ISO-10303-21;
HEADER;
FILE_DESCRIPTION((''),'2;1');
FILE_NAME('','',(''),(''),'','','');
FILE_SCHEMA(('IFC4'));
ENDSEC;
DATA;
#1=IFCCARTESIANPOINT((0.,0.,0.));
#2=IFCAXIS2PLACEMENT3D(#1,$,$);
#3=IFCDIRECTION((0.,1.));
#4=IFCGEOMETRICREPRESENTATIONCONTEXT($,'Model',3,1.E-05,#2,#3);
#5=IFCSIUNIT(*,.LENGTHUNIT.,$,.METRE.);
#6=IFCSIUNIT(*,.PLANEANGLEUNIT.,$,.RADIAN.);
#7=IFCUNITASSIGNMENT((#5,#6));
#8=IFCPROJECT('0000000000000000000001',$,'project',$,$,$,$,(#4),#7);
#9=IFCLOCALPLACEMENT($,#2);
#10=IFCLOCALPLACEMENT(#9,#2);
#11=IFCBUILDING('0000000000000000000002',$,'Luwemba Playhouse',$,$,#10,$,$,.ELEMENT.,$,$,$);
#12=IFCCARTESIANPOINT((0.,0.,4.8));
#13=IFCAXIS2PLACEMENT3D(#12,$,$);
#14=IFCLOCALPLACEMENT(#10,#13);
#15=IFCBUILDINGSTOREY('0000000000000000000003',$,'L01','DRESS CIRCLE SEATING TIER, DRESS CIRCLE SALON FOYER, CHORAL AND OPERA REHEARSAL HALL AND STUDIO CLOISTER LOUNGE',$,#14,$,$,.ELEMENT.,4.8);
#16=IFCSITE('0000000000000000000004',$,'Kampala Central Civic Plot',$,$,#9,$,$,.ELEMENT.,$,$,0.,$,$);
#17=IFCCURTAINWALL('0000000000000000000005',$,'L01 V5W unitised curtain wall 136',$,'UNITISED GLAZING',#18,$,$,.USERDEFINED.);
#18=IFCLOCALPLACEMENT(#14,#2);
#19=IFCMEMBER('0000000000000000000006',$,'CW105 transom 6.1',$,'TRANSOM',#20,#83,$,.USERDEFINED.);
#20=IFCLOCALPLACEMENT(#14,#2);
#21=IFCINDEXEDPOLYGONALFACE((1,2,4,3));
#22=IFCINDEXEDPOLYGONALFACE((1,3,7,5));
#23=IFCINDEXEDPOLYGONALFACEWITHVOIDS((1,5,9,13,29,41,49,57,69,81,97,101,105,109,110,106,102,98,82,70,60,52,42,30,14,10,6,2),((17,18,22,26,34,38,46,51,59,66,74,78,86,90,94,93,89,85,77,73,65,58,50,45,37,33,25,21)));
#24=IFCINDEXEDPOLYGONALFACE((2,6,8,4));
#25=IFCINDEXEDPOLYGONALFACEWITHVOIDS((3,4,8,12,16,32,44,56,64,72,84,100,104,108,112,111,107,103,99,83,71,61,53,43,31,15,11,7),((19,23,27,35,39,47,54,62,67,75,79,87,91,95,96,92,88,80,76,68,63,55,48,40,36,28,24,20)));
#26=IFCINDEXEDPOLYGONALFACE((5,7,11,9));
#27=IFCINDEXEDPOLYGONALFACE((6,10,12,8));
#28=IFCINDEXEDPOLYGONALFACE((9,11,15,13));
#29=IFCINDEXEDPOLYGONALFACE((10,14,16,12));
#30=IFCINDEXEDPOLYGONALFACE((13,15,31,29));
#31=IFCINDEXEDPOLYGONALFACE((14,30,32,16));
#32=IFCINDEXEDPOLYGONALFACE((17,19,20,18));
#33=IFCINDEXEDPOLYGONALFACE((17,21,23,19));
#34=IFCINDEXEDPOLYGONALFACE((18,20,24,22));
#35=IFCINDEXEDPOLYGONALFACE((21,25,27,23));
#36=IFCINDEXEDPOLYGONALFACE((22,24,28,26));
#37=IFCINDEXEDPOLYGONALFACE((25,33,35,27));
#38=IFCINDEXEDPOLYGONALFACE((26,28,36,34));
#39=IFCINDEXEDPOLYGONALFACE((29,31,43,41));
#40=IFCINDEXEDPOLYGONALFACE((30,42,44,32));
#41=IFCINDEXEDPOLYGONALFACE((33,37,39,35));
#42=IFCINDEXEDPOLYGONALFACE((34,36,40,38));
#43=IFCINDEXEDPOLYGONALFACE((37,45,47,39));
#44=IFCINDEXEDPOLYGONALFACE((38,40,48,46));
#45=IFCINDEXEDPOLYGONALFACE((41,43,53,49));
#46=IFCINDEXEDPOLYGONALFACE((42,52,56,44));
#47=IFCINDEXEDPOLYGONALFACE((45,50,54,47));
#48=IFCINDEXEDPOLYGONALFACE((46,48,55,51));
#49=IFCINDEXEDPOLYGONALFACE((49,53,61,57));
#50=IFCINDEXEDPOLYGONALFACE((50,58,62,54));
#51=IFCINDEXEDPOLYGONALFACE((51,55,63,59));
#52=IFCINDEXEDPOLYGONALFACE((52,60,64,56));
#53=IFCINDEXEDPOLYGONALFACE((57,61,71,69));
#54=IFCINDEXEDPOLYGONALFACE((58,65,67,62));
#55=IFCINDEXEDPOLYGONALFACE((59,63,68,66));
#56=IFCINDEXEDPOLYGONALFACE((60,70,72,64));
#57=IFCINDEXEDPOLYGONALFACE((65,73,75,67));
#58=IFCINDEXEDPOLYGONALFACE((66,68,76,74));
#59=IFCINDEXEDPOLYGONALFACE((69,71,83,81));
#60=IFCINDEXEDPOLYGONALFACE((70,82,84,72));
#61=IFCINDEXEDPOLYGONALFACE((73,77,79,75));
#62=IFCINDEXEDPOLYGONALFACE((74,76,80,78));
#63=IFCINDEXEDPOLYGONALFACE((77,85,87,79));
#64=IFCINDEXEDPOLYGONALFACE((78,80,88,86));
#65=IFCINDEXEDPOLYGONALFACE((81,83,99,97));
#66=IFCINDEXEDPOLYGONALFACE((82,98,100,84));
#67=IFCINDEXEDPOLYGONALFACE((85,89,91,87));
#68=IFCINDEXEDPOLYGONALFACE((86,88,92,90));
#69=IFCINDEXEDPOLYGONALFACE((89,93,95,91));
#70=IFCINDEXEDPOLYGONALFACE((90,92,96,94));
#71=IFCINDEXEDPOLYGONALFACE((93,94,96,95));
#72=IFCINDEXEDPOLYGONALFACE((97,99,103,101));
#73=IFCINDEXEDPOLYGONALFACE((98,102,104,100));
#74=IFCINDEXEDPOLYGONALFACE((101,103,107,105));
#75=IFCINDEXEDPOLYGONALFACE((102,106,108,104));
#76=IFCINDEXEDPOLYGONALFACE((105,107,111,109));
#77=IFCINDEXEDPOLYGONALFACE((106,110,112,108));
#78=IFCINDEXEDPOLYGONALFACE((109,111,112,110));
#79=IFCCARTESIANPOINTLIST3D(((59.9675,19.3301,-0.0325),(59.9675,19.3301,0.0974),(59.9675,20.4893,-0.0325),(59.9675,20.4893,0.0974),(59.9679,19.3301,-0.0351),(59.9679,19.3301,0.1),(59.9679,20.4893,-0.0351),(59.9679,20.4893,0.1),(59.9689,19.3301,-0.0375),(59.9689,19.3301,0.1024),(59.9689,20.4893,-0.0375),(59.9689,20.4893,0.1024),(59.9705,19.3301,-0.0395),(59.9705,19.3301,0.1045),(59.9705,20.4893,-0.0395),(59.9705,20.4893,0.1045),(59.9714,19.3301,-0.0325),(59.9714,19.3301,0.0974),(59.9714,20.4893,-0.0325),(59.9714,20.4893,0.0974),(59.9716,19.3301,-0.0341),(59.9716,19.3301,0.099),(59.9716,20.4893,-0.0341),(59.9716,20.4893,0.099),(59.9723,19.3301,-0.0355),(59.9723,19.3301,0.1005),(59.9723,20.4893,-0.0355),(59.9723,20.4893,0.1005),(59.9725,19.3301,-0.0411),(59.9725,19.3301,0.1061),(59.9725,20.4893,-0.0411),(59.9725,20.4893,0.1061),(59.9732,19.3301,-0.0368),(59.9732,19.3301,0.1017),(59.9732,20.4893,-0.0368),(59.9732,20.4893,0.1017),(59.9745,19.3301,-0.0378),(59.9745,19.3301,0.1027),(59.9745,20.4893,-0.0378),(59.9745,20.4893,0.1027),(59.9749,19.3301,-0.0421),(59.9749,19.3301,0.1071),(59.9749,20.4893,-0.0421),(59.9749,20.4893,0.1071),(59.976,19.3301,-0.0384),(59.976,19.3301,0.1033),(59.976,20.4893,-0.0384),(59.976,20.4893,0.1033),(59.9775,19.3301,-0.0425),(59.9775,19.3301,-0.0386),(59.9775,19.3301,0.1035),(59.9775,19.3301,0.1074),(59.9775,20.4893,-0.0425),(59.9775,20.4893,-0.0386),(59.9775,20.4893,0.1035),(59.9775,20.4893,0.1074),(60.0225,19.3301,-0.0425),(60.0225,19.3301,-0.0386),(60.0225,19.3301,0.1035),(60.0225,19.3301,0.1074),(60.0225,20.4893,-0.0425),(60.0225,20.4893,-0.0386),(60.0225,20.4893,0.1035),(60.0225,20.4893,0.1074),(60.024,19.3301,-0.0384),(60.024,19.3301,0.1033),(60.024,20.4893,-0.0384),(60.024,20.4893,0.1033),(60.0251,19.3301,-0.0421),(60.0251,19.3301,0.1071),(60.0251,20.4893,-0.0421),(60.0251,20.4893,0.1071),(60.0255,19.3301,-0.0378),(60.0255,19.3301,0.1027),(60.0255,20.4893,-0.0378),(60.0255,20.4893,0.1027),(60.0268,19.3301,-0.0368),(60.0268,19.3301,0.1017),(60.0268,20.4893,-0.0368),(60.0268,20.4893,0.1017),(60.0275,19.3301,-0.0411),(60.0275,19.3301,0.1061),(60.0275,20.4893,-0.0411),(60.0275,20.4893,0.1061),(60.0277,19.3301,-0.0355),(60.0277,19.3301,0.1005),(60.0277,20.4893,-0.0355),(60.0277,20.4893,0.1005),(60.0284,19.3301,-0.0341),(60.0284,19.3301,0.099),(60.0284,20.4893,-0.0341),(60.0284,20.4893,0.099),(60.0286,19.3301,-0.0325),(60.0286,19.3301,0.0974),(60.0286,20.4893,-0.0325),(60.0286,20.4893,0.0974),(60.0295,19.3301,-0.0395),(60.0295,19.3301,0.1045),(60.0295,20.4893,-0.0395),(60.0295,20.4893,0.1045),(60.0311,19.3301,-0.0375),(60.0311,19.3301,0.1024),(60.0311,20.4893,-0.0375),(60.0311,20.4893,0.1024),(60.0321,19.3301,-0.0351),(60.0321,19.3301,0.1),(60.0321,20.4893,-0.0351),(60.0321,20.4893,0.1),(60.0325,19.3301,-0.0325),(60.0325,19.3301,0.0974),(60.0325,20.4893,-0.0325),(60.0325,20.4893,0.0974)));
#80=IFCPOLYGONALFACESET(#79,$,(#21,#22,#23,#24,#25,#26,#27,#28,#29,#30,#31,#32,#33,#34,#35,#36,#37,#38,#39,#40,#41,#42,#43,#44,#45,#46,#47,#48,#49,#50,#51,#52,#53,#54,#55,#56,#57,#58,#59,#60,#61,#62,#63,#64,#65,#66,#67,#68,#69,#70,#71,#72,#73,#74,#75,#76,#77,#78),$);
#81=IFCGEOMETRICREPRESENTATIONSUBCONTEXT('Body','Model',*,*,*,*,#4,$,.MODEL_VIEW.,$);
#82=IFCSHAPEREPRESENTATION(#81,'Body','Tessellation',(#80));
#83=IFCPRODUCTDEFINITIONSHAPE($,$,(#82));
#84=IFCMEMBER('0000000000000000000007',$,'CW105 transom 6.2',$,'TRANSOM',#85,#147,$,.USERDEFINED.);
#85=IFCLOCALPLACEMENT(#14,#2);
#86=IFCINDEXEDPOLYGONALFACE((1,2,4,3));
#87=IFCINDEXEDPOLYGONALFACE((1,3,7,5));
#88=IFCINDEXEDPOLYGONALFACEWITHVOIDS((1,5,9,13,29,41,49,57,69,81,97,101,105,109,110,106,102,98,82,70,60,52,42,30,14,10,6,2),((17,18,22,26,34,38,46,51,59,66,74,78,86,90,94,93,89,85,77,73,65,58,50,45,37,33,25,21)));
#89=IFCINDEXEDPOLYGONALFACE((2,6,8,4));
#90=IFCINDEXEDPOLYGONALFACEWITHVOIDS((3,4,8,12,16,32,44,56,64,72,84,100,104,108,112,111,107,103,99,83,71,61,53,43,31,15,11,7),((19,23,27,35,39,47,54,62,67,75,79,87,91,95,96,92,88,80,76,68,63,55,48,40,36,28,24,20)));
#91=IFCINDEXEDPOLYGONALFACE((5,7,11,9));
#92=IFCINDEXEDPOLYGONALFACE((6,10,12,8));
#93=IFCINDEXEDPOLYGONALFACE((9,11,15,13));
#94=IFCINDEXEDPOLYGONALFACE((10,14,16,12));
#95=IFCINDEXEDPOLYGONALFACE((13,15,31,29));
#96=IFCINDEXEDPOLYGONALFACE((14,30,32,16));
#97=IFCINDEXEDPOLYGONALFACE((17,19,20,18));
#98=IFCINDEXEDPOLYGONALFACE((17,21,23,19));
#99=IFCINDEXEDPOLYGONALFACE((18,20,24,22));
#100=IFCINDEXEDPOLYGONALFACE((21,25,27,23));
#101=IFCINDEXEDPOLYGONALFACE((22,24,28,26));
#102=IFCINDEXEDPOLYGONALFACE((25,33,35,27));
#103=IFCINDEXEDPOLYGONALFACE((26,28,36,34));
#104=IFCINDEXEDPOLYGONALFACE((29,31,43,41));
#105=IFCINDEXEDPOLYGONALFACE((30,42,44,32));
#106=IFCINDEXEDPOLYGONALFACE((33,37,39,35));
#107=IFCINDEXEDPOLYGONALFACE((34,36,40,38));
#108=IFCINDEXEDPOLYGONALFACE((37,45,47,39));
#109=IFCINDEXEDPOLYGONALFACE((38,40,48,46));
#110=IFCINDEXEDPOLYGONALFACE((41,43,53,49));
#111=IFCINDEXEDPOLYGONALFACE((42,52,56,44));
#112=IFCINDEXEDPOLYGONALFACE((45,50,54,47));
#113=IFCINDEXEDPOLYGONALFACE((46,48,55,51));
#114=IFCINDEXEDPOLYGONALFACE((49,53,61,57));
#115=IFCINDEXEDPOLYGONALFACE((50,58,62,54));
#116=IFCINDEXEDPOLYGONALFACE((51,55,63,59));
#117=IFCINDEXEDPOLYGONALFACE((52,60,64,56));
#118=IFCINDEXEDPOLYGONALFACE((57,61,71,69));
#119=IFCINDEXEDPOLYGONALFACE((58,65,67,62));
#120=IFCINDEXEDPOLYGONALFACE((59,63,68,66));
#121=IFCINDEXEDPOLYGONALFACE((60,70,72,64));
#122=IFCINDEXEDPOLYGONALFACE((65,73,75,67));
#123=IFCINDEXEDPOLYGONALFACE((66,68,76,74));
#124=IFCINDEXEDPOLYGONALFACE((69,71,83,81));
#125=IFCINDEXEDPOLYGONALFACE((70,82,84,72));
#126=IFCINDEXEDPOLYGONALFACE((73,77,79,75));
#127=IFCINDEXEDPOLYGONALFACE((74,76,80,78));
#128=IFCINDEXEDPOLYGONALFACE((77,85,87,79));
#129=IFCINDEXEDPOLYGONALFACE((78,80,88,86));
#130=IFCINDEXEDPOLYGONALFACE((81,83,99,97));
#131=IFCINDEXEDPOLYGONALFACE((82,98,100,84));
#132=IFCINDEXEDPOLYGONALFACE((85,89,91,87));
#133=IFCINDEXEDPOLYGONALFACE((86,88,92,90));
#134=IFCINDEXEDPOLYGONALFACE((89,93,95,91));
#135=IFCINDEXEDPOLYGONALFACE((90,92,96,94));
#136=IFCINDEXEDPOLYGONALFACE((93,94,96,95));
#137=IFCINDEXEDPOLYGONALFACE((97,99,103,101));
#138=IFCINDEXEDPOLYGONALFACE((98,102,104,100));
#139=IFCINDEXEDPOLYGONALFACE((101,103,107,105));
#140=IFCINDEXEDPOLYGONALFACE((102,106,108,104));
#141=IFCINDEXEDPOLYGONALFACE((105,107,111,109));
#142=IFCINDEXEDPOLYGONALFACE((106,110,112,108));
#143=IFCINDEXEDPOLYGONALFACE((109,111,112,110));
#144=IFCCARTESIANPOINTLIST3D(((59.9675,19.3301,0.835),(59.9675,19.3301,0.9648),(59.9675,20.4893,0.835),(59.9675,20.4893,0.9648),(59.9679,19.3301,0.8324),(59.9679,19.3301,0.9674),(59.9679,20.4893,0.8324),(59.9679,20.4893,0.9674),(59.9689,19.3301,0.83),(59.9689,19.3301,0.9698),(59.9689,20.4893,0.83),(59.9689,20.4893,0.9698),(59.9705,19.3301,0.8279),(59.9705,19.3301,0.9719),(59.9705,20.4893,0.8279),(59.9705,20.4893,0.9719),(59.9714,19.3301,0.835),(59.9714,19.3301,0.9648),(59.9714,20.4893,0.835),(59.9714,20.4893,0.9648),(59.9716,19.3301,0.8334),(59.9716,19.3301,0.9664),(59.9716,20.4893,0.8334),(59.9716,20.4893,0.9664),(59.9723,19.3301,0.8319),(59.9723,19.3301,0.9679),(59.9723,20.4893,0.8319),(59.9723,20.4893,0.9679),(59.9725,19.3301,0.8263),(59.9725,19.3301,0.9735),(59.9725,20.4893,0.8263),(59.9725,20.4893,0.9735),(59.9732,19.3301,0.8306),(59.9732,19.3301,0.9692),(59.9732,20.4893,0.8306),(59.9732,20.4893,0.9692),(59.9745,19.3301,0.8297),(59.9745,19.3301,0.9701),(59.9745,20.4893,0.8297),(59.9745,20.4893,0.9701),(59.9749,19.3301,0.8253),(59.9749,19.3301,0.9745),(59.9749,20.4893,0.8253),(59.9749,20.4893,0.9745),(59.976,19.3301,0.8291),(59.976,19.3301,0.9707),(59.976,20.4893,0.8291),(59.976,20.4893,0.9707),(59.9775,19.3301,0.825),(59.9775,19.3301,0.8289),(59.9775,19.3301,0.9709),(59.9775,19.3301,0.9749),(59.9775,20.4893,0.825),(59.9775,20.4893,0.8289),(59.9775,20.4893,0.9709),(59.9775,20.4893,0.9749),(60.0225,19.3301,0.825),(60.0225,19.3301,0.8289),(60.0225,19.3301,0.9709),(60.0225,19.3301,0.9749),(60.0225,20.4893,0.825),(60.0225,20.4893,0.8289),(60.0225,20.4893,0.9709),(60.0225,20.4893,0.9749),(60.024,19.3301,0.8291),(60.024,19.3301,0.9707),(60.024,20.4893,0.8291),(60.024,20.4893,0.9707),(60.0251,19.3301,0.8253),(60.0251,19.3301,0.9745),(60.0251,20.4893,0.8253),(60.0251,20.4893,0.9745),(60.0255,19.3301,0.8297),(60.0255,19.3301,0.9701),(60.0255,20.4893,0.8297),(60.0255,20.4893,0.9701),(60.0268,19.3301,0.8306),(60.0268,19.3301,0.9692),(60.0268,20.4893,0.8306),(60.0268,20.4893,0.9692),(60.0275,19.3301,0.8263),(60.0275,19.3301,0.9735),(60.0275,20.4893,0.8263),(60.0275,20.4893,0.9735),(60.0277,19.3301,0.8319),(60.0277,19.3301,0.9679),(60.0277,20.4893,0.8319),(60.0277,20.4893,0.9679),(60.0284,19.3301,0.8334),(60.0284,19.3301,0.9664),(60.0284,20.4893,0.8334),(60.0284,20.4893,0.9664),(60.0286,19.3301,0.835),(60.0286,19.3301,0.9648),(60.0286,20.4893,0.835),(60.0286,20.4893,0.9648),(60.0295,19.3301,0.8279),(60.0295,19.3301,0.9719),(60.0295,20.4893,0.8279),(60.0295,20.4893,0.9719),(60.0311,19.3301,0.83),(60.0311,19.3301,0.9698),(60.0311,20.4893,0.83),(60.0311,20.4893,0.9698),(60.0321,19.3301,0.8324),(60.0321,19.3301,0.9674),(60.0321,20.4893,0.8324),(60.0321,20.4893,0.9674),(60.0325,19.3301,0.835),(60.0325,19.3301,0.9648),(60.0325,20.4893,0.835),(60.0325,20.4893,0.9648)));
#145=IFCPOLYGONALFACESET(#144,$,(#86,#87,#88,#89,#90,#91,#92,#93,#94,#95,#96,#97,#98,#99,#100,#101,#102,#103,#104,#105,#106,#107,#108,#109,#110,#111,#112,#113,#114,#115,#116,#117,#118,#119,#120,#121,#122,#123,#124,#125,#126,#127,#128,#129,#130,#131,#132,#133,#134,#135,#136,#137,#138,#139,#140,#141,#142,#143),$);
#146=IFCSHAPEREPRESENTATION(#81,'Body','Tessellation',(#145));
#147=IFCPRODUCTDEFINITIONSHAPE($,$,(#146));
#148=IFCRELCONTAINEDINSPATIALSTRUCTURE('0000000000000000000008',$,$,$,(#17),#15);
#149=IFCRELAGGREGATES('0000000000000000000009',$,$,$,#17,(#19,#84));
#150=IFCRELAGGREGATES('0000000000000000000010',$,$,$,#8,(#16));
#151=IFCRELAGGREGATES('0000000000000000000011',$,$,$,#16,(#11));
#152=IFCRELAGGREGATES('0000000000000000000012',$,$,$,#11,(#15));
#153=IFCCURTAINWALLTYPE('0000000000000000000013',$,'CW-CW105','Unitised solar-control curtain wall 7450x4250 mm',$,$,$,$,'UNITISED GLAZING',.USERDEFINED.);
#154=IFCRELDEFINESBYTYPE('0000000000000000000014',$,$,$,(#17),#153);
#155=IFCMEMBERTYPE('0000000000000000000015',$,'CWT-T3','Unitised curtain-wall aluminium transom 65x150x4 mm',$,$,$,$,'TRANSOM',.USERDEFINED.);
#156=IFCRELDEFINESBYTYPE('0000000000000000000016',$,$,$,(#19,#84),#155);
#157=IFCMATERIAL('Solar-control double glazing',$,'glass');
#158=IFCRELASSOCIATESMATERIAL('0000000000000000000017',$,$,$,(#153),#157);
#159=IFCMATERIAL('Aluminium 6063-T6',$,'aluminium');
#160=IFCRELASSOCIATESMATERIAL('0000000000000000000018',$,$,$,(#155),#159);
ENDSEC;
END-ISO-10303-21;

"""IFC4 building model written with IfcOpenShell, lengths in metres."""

from ifc_helpers import new_model, si_unit, direction, frame, origin, origin_2d, place, context, subcontext, project, spatial, hollow_rectangle, extrude, material, material_profile, profile_set, type_object, element, aggregate, save


model = new_model("IFC4")

# Units and contexts
model_context = context("Model", 3, precision=1e-05, world=origin(), true_north=direction((0.0, 1.0)))
body_context = subcontext(model_context, "Body", "Model", "MODEL_VIEW")
ifc_project = project(units=[si_unit("LENGTHUNIT", "METRE"), si_unit("PLANEANGLEUNIT", "RADIAN")], contexts=[model_context])

# Site, building, storey
site_placement = place(None, origin())
site = spatial("IfcSite", under=ifc_project, at=site_placement, Name="Kampala Central Civic Plot", CompositionType="ELEMENT", RefElevation=0.0)
building_placement = place(site_placement, origin())
building = spatial("IfcBuilding", under=site, at=building_placement, Name="Luwemba Playhouse", CompositionType="ELEMENT")
storey_placement = place(building_placement, frame((0.0, 0.0, 4.8)))
storey = spatial("IfcBuildingStorey", under=building, at=storey_placement, Name="L01", Description="DRESS CIRCLE SEATING TIER, DRESS CIRCLE SALON FOYER, CHORAL AND OPERA REHEARSAL HALL AND STUDIO CLOISTER LOUNGE", CompositionType="ELEMENT", Elevation=4.8)

# Curtain wall
ifc_material_1 = material(Name="Solar-control double glazing", Category="glass")
curtain_wall_type_1 = type_object("IfcCurtainWallType", Name="CW-CW105", Description="Unitised solar-control curtain wall 7450x4250 mm", ElementType="UNITISED GLAZING", PredefinedType="USERDEFINED", material=ifc_material_1)
curtain_wall_1_placement = place(storey_placement, origin())
curtain_wall_1 = element("IfcCurtainWall", 1, at=curtain_wall_1_placement, inside=storey, type_object=curtain_wall_type_1, Name="L01 V5W unitised curtain wall 136", ObjectType="UNITISED GLAZING", PredefinedType="USERDEFINED")
ifc_material_2 = material(Name="Aluminium 6063-T6", Category="aluminium")

# Members
ifc_material_profile_1 = material_profile(ifc_material_2, hollow_rectangle(XDim=0.0649, YDim=0.1499, WallThickness=0.0039, InnerFilletRadius=0.0061, OuterFilletRadius=0.01, at=origin_2d()))
ifc_profile_set_1 = profile_set([ifc_material_profile_1], Name="Aluminium 6063-T6")
member_type_1 = type_object("IfcMemberType", Name="CWT-T3", Description="Unitised curtain-wall aluminium transom 65x150x4 mm", ElementType="TRANSOM", PredefinedType="USERDEFINED", material=ifc_profile_set_1)
member_1_placement = place(storey_placement, frame((60.0, 20.4893, 0.0325), z_axis=(0.0, -1.0, 0.0), x_axis=(1.0, 0.0, 0.0)))
member_1 = element("IfcMember", 2, at=member_1_placement, type_object=member_type_1, Name="CW105 transom 6.1", ObjectType="TRANSOM", PredefinedType="USERDEFINED", context=body_context, shape_type="SweptSolid", body=[
    extrude(hollow_rectangle(XDim=0.0649, YDim=0.1499, WallThickness=0.0039, InnerFilletRadius=0.0061, OuterFilletRadius=0.01, at=origin_2d()), origin(), (0.0, 0.0, 1.0), 1.1592),
])
member_2_placement = place(storey_placement, frame((60.0, 20.4893, 0.8999), z_axis=(0.0, -1.0, 0.0), x_axis=(1.0, 0.0, 0.0)))
member_2 = element("IfcMember", 3, at=member_2_placement, type_object=member_type_1, Name="CW105 transom 6.2", ObjectType="TRANSOM", PredefinedType="USERDEFINED", context=body_context, shape_type="SweptSolid", body=[
    extrude(hollow_rectangle(XDim=0.0649, YDim=0.1499, WallThickness=0.0039, InnerFilletRadius=0.0061, OuterFilletRadius=0.01, at=origin_2d()), origin(), (0.0, 0.0, 1.0), 1.1592),
])

aggregate(curtain_wall_1, [member_1, member_2])

save(model, "model.ifc")
